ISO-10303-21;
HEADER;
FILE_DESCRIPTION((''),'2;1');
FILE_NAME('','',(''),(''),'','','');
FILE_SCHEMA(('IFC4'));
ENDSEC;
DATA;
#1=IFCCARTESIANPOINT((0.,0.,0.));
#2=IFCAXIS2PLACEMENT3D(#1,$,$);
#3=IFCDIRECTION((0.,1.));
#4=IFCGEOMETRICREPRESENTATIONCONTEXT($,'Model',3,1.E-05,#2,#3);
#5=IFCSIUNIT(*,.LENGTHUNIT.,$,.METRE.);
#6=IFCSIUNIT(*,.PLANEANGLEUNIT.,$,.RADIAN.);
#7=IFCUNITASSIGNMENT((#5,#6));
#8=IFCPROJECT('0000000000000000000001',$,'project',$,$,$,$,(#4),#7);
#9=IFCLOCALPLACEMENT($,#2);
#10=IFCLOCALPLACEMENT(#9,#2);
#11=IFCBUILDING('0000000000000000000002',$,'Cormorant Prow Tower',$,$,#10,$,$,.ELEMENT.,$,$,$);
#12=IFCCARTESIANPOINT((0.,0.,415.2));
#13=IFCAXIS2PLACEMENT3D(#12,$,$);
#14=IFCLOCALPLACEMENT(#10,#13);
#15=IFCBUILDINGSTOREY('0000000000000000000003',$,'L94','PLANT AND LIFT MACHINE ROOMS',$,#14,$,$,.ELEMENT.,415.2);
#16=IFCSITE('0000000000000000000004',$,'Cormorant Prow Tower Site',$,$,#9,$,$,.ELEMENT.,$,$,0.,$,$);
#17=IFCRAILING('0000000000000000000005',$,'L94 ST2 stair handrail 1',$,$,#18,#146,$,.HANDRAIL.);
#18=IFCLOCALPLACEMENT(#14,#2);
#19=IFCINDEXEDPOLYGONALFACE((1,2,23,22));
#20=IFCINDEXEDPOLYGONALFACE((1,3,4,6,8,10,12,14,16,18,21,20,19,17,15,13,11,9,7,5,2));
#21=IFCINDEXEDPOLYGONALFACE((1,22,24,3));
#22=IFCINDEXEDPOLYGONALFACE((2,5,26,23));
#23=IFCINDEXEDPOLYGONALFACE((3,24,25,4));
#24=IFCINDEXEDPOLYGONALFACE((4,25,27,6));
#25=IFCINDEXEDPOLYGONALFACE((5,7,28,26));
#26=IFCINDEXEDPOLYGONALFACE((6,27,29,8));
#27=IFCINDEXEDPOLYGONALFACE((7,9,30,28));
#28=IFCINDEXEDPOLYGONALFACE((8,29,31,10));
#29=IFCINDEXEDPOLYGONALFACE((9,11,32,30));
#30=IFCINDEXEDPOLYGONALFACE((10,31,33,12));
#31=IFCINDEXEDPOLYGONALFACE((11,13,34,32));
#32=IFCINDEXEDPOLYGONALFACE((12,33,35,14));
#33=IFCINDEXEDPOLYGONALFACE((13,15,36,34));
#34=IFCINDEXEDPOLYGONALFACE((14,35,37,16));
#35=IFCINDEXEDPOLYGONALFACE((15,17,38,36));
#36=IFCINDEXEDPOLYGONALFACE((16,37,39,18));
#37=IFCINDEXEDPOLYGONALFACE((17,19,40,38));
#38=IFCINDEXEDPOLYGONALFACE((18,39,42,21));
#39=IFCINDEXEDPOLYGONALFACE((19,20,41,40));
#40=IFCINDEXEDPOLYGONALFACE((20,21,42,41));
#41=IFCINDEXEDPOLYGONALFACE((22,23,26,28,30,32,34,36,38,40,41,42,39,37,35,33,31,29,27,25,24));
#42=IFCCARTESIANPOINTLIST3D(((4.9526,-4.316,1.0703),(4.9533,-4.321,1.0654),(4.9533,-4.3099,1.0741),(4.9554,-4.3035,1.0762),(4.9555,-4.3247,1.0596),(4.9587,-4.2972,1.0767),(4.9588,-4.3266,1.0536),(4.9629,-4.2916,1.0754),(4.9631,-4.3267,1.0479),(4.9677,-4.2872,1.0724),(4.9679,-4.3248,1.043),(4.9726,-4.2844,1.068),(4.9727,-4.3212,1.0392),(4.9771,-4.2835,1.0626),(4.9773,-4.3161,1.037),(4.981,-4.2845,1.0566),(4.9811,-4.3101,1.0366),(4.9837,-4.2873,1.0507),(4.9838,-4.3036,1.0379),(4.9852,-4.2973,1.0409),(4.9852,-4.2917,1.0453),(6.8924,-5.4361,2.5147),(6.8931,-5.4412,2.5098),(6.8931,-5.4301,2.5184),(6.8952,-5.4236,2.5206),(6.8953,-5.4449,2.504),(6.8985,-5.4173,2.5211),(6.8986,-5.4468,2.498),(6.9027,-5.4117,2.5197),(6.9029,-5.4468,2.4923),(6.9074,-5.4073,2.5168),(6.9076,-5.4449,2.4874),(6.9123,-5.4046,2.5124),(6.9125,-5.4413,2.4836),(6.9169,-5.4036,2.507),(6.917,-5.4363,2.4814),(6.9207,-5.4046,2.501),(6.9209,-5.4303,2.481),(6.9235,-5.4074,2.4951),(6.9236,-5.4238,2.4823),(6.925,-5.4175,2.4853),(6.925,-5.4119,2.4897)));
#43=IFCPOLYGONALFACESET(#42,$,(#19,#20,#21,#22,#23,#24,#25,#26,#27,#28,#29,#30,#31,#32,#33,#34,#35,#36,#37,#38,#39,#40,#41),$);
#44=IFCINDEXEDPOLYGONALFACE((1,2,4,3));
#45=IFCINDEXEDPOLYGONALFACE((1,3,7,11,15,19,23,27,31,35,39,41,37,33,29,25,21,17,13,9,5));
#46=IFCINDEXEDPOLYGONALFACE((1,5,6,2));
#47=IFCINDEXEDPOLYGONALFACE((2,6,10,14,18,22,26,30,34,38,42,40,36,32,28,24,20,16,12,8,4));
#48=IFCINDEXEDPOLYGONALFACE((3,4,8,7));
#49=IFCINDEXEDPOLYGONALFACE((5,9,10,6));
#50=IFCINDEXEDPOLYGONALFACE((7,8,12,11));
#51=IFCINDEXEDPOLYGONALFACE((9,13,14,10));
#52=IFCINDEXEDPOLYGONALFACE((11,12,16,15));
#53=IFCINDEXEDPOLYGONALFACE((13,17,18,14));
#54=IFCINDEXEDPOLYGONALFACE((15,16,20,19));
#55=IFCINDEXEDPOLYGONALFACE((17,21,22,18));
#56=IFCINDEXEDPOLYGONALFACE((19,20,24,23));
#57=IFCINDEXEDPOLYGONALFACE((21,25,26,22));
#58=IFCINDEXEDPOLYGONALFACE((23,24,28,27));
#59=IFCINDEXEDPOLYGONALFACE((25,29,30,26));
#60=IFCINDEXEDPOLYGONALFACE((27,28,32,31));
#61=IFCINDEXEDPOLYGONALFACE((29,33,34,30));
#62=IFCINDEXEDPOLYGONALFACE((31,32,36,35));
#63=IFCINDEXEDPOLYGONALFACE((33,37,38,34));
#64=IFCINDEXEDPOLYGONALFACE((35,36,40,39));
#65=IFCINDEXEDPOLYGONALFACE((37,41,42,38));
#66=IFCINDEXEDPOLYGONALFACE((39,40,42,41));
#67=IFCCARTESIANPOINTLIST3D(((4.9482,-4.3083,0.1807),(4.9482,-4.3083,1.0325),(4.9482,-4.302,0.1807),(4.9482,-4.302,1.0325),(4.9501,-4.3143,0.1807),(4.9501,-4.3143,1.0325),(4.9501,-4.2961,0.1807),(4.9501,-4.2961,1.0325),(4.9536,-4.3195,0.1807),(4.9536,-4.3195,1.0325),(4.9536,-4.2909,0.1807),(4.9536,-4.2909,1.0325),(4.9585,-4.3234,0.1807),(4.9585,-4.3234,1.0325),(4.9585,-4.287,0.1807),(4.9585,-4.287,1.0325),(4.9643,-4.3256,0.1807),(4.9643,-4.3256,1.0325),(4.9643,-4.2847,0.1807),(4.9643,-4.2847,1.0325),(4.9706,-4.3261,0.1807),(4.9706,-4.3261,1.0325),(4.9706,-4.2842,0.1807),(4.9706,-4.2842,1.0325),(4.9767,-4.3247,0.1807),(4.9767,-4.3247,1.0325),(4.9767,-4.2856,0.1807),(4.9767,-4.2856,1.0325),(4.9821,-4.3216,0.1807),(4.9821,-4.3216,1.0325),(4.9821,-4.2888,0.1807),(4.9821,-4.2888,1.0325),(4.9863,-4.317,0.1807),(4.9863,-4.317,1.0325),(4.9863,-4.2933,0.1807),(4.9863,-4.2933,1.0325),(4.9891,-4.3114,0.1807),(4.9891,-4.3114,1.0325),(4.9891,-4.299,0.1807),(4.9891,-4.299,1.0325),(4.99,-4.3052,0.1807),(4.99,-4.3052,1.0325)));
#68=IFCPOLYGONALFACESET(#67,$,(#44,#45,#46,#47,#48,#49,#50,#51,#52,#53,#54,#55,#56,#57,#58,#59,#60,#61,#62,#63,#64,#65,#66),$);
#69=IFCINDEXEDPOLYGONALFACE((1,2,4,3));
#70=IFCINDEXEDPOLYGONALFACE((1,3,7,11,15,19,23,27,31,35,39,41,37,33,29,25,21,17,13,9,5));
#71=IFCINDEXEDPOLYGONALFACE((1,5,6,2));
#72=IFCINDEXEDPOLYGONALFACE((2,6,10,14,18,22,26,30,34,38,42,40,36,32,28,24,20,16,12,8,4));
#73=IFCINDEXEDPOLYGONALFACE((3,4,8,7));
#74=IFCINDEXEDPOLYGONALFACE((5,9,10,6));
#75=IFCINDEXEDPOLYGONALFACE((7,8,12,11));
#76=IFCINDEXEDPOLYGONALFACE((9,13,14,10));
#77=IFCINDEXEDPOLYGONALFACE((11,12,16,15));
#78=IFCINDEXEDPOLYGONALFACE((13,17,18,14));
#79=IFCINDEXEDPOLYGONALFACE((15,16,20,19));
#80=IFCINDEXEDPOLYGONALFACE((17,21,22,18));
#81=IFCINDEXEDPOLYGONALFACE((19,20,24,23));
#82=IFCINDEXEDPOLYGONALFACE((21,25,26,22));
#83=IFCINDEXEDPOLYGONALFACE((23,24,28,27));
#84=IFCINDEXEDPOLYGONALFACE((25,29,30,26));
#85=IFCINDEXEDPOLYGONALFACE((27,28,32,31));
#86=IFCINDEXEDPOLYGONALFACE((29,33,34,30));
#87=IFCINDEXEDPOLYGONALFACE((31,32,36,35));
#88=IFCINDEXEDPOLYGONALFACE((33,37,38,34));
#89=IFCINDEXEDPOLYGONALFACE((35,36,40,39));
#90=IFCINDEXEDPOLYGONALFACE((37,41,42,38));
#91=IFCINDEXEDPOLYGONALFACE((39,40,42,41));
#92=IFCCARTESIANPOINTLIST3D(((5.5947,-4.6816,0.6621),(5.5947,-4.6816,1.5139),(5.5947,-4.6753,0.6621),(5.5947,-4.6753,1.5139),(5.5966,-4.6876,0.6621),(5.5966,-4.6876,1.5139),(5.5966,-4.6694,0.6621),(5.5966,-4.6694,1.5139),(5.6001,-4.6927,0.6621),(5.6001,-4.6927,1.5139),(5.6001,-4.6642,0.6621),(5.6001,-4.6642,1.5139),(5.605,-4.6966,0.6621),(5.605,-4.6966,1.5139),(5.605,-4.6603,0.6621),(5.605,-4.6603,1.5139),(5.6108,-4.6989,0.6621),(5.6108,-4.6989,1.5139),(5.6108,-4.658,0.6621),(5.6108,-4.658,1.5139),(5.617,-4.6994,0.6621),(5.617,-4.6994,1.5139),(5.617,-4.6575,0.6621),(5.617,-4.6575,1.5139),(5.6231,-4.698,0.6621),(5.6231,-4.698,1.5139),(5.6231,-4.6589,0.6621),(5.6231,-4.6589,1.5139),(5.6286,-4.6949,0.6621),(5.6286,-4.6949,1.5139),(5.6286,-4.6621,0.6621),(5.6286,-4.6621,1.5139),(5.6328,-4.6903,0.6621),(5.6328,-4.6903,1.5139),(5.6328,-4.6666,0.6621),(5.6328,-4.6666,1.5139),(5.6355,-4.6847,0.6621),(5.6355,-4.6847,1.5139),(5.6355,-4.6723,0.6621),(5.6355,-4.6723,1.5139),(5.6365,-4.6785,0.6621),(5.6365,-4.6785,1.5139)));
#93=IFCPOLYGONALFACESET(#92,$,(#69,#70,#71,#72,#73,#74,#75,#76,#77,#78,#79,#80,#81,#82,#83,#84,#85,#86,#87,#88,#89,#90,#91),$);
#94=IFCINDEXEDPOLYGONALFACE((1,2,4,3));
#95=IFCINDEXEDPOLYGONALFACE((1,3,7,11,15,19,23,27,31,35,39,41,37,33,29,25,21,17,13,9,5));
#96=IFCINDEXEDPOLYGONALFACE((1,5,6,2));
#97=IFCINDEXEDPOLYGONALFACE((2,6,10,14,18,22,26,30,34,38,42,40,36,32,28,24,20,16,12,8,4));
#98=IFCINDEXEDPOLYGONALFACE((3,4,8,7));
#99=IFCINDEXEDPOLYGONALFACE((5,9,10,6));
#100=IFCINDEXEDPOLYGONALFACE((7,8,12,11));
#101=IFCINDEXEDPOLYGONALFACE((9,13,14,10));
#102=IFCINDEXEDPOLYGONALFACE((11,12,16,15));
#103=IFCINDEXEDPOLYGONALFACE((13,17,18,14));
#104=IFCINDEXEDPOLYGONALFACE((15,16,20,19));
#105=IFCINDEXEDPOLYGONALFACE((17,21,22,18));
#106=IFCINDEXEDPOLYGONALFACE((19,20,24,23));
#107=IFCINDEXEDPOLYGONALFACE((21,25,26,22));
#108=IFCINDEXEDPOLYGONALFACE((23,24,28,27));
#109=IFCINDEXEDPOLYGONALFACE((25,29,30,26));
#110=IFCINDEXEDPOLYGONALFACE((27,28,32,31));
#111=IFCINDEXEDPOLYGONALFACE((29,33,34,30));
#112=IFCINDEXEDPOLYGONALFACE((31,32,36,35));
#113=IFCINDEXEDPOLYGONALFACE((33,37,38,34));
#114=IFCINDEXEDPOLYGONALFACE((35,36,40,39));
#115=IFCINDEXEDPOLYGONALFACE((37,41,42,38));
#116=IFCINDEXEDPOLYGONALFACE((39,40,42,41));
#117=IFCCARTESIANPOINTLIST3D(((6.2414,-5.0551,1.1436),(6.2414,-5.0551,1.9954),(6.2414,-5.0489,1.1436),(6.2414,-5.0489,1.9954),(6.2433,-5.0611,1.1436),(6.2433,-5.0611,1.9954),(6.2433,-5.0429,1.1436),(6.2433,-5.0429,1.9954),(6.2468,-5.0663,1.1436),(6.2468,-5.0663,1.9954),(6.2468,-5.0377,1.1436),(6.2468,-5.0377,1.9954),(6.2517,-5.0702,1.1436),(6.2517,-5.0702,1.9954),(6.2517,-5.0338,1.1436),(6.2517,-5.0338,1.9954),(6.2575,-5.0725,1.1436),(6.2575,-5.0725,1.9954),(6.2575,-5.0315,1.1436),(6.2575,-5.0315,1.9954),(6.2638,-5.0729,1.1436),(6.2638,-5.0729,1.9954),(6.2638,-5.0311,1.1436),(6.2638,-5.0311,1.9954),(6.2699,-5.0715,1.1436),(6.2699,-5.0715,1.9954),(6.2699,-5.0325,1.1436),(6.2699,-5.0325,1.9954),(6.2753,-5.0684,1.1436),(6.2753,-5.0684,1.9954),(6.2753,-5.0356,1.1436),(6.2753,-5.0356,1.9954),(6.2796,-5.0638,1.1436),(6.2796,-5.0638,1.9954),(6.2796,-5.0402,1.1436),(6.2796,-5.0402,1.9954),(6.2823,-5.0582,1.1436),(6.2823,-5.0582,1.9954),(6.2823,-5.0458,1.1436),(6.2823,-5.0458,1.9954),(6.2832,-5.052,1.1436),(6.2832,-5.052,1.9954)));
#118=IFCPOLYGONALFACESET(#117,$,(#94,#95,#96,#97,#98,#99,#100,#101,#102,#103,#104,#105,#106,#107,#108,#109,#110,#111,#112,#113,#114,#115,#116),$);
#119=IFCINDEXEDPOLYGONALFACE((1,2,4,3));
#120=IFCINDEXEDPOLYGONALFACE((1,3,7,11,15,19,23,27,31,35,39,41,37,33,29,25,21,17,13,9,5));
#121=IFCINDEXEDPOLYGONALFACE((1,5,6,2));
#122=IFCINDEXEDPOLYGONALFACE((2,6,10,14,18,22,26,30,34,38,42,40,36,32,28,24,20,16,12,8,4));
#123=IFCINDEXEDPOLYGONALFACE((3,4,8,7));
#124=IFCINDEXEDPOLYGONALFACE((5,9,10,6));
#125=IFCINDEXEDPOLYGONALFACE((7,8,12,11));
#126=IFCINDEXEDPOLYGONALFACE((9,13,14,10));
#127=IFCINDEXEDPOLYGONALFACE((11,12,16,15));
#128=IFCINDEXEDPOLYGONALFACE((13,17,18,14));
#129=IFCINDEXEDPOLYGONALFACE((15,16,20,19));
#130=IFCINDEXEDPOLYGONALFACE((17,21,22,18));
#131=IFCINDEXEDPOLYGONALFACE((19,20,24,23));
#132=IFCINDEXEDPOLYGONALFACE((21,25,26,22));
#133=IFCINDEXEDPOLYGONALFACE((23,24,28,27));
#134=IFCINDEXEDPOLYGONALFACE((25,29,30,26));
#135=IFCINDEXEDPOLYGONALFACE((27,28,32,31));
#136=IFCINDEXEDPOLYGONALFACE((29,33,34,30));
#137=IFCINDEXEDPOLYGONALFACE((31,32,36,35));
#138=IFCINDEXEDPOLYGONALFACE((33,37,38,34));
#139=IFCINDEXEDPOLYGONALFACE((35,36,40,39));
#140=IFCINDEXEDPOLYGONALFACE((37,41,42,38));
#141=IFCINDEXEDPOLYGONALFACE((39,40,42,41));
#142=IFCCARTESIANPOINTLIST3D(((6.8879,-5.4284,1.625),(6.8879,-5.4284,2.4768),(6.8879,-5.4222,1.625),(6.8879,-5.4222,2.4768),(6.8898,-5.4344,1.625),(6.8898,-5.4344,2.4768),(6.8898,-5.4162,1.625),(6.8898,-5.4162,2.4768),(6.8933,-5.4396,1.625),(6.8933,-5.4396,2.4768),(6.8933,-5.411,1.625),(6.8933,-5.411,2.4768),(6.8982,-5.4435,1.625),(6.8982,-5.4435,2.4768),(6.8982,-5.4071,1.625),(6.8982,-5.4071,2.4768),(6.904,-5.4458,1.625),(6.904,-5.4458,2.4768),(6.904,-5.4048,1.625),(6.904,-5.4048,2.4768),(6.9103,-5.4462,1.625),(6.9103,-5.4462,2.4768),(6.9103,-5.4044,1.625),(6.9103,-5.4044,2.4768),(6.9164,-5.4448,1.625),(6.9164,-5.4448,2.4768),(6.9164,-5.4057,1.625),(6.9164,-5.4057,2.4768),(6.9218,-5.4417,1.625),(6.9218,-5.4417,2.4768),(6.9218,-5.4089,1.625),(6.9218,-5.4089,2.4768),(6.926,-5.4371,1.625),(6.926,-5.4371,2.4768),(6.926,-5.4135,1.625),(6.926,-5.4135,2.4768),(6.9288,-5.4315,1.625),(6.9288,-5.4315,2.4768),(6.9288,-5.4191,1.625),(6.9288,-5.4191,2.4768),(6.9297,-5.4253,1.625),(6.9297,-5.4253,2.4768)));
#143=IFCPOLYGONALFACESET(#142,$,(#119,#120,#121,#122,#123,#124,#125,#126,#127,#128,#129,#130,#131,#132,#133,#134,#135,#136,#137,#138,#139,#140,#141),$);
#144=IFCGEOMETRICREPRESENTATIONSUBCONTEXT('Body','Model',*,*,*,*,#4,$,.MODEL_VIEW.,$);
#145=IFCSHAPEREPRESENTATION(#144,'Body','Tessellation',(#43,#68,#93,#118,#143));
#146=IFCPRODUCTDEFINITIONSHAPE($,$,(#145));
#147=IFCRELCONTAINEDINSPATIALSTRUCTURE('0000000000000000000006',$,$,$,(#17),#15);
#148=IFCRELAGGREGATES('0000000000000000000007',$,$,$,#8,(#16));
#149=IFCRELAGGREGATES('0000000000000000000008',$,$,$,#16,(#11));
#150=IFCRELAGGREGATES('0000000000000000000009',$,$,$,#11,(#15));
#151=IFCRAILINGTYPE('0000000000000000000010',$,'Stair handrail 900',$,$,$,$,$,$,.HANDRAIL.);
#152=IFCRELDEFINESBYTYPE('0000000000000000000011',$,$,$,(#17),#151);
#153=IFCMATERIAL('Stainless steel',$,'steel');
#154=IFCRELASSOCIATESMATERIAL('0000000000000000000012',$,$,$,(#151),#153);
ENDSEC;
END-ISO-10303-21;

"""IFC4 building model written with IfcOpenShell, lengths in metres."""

from ifc_helpers import new_model, si_unit, direction, frame, origin, origin_2d, place, context, subcontext, project, spatial, circle, extrude, material, type_object, element, save


model = new_model("IFC4")

# Units and contexts
model_context = context("Model", 3, precision=1e-05, world=origin(), true_north=direction((0.0, 1.0)))
body_context = subcontext(model_context, "Body", "Model", "MODEL_VIEW")
ifc_project = project(units=[si_unit("LENGTHUNIT", "METRE"), si_unit("PLANEANGLEUNIT", "RADIAN")], contexts=[model_context])

# Site, building, storey
site_placement = place(None, origin())
site = spatial("IfcSite", under=ifc_project, at=site_placement, Name="Cormorant Prow Tower Site", CompositionType="ELEMENT", RefElevation=0.0)
building_placement = place(site_placement, origin())
building = spatial("IfcBuilding", under=site, at=building_placement, Name="Cormorant Prow Tower", CompositionType="ELEMENT")
storey_placement = place(building_placement, frame((0.0, 0.0, 415.2)))
storey = spatial("IfcBuildingStorey", under=building, at=storey_placement, Name="L94", Description="PLANT AND LIFT MACHINE ROOMS", CompositionType="ELEMENT", Elevation=415.2)

# Railing
ifc_material_1 = material(Name="Stainless steel", Category="steel")
railing_type_1 = type_object("IfcRailingType", Name="Stair handrail 900", PredefinedType="HANDRAIL", material=ifc_material_1)
railing_1_placement = place(storey_placement, frame((4.969, -4.3052, 0.1807)))
element("IfcRailing", 1, at=railing_1_placement, inside=storey, type_object=railing_type_1, Name="L94 ST2 stair handrail 1", PredefinedType="HANDRAIL", context=body_context, shape_type="SweptSolid", body=[
    extrude(circle(Radius=0.0239, at=origin_2d()), frame((0.0, 0.0, 0.876), z_axis=(0.727792, -0.420278, 0.541928), x_axis=(0.500078, 0.86598, 0.0)), (0.0, 0.0, 1.0), 2.6653),
    extrude(circle(Radius=0.021, at=origin_2d()), origin(), (0.0, 0.0, 1.0), 0.8518),
    extrude(circle(Radius=0.021, at=origin_2d()), frame((0.6465, -0.3733, 0.4814)), (0.0, 0.0, 1.0), 0.8518),
    extrude(circle(Radius=0.021, at=origin_2d()), frame((1.2932, -0.7468, 0.9629)), (0.0, 0.0, 1.0), 0.8518),
    extrude(circle(Radius=0.021, at=origin_2d()), frame((1.9397, -1.1201, 1.4443)), (0.0, 0.0, 1.0), 0.8518),
])

save(model, "model.ifc")
